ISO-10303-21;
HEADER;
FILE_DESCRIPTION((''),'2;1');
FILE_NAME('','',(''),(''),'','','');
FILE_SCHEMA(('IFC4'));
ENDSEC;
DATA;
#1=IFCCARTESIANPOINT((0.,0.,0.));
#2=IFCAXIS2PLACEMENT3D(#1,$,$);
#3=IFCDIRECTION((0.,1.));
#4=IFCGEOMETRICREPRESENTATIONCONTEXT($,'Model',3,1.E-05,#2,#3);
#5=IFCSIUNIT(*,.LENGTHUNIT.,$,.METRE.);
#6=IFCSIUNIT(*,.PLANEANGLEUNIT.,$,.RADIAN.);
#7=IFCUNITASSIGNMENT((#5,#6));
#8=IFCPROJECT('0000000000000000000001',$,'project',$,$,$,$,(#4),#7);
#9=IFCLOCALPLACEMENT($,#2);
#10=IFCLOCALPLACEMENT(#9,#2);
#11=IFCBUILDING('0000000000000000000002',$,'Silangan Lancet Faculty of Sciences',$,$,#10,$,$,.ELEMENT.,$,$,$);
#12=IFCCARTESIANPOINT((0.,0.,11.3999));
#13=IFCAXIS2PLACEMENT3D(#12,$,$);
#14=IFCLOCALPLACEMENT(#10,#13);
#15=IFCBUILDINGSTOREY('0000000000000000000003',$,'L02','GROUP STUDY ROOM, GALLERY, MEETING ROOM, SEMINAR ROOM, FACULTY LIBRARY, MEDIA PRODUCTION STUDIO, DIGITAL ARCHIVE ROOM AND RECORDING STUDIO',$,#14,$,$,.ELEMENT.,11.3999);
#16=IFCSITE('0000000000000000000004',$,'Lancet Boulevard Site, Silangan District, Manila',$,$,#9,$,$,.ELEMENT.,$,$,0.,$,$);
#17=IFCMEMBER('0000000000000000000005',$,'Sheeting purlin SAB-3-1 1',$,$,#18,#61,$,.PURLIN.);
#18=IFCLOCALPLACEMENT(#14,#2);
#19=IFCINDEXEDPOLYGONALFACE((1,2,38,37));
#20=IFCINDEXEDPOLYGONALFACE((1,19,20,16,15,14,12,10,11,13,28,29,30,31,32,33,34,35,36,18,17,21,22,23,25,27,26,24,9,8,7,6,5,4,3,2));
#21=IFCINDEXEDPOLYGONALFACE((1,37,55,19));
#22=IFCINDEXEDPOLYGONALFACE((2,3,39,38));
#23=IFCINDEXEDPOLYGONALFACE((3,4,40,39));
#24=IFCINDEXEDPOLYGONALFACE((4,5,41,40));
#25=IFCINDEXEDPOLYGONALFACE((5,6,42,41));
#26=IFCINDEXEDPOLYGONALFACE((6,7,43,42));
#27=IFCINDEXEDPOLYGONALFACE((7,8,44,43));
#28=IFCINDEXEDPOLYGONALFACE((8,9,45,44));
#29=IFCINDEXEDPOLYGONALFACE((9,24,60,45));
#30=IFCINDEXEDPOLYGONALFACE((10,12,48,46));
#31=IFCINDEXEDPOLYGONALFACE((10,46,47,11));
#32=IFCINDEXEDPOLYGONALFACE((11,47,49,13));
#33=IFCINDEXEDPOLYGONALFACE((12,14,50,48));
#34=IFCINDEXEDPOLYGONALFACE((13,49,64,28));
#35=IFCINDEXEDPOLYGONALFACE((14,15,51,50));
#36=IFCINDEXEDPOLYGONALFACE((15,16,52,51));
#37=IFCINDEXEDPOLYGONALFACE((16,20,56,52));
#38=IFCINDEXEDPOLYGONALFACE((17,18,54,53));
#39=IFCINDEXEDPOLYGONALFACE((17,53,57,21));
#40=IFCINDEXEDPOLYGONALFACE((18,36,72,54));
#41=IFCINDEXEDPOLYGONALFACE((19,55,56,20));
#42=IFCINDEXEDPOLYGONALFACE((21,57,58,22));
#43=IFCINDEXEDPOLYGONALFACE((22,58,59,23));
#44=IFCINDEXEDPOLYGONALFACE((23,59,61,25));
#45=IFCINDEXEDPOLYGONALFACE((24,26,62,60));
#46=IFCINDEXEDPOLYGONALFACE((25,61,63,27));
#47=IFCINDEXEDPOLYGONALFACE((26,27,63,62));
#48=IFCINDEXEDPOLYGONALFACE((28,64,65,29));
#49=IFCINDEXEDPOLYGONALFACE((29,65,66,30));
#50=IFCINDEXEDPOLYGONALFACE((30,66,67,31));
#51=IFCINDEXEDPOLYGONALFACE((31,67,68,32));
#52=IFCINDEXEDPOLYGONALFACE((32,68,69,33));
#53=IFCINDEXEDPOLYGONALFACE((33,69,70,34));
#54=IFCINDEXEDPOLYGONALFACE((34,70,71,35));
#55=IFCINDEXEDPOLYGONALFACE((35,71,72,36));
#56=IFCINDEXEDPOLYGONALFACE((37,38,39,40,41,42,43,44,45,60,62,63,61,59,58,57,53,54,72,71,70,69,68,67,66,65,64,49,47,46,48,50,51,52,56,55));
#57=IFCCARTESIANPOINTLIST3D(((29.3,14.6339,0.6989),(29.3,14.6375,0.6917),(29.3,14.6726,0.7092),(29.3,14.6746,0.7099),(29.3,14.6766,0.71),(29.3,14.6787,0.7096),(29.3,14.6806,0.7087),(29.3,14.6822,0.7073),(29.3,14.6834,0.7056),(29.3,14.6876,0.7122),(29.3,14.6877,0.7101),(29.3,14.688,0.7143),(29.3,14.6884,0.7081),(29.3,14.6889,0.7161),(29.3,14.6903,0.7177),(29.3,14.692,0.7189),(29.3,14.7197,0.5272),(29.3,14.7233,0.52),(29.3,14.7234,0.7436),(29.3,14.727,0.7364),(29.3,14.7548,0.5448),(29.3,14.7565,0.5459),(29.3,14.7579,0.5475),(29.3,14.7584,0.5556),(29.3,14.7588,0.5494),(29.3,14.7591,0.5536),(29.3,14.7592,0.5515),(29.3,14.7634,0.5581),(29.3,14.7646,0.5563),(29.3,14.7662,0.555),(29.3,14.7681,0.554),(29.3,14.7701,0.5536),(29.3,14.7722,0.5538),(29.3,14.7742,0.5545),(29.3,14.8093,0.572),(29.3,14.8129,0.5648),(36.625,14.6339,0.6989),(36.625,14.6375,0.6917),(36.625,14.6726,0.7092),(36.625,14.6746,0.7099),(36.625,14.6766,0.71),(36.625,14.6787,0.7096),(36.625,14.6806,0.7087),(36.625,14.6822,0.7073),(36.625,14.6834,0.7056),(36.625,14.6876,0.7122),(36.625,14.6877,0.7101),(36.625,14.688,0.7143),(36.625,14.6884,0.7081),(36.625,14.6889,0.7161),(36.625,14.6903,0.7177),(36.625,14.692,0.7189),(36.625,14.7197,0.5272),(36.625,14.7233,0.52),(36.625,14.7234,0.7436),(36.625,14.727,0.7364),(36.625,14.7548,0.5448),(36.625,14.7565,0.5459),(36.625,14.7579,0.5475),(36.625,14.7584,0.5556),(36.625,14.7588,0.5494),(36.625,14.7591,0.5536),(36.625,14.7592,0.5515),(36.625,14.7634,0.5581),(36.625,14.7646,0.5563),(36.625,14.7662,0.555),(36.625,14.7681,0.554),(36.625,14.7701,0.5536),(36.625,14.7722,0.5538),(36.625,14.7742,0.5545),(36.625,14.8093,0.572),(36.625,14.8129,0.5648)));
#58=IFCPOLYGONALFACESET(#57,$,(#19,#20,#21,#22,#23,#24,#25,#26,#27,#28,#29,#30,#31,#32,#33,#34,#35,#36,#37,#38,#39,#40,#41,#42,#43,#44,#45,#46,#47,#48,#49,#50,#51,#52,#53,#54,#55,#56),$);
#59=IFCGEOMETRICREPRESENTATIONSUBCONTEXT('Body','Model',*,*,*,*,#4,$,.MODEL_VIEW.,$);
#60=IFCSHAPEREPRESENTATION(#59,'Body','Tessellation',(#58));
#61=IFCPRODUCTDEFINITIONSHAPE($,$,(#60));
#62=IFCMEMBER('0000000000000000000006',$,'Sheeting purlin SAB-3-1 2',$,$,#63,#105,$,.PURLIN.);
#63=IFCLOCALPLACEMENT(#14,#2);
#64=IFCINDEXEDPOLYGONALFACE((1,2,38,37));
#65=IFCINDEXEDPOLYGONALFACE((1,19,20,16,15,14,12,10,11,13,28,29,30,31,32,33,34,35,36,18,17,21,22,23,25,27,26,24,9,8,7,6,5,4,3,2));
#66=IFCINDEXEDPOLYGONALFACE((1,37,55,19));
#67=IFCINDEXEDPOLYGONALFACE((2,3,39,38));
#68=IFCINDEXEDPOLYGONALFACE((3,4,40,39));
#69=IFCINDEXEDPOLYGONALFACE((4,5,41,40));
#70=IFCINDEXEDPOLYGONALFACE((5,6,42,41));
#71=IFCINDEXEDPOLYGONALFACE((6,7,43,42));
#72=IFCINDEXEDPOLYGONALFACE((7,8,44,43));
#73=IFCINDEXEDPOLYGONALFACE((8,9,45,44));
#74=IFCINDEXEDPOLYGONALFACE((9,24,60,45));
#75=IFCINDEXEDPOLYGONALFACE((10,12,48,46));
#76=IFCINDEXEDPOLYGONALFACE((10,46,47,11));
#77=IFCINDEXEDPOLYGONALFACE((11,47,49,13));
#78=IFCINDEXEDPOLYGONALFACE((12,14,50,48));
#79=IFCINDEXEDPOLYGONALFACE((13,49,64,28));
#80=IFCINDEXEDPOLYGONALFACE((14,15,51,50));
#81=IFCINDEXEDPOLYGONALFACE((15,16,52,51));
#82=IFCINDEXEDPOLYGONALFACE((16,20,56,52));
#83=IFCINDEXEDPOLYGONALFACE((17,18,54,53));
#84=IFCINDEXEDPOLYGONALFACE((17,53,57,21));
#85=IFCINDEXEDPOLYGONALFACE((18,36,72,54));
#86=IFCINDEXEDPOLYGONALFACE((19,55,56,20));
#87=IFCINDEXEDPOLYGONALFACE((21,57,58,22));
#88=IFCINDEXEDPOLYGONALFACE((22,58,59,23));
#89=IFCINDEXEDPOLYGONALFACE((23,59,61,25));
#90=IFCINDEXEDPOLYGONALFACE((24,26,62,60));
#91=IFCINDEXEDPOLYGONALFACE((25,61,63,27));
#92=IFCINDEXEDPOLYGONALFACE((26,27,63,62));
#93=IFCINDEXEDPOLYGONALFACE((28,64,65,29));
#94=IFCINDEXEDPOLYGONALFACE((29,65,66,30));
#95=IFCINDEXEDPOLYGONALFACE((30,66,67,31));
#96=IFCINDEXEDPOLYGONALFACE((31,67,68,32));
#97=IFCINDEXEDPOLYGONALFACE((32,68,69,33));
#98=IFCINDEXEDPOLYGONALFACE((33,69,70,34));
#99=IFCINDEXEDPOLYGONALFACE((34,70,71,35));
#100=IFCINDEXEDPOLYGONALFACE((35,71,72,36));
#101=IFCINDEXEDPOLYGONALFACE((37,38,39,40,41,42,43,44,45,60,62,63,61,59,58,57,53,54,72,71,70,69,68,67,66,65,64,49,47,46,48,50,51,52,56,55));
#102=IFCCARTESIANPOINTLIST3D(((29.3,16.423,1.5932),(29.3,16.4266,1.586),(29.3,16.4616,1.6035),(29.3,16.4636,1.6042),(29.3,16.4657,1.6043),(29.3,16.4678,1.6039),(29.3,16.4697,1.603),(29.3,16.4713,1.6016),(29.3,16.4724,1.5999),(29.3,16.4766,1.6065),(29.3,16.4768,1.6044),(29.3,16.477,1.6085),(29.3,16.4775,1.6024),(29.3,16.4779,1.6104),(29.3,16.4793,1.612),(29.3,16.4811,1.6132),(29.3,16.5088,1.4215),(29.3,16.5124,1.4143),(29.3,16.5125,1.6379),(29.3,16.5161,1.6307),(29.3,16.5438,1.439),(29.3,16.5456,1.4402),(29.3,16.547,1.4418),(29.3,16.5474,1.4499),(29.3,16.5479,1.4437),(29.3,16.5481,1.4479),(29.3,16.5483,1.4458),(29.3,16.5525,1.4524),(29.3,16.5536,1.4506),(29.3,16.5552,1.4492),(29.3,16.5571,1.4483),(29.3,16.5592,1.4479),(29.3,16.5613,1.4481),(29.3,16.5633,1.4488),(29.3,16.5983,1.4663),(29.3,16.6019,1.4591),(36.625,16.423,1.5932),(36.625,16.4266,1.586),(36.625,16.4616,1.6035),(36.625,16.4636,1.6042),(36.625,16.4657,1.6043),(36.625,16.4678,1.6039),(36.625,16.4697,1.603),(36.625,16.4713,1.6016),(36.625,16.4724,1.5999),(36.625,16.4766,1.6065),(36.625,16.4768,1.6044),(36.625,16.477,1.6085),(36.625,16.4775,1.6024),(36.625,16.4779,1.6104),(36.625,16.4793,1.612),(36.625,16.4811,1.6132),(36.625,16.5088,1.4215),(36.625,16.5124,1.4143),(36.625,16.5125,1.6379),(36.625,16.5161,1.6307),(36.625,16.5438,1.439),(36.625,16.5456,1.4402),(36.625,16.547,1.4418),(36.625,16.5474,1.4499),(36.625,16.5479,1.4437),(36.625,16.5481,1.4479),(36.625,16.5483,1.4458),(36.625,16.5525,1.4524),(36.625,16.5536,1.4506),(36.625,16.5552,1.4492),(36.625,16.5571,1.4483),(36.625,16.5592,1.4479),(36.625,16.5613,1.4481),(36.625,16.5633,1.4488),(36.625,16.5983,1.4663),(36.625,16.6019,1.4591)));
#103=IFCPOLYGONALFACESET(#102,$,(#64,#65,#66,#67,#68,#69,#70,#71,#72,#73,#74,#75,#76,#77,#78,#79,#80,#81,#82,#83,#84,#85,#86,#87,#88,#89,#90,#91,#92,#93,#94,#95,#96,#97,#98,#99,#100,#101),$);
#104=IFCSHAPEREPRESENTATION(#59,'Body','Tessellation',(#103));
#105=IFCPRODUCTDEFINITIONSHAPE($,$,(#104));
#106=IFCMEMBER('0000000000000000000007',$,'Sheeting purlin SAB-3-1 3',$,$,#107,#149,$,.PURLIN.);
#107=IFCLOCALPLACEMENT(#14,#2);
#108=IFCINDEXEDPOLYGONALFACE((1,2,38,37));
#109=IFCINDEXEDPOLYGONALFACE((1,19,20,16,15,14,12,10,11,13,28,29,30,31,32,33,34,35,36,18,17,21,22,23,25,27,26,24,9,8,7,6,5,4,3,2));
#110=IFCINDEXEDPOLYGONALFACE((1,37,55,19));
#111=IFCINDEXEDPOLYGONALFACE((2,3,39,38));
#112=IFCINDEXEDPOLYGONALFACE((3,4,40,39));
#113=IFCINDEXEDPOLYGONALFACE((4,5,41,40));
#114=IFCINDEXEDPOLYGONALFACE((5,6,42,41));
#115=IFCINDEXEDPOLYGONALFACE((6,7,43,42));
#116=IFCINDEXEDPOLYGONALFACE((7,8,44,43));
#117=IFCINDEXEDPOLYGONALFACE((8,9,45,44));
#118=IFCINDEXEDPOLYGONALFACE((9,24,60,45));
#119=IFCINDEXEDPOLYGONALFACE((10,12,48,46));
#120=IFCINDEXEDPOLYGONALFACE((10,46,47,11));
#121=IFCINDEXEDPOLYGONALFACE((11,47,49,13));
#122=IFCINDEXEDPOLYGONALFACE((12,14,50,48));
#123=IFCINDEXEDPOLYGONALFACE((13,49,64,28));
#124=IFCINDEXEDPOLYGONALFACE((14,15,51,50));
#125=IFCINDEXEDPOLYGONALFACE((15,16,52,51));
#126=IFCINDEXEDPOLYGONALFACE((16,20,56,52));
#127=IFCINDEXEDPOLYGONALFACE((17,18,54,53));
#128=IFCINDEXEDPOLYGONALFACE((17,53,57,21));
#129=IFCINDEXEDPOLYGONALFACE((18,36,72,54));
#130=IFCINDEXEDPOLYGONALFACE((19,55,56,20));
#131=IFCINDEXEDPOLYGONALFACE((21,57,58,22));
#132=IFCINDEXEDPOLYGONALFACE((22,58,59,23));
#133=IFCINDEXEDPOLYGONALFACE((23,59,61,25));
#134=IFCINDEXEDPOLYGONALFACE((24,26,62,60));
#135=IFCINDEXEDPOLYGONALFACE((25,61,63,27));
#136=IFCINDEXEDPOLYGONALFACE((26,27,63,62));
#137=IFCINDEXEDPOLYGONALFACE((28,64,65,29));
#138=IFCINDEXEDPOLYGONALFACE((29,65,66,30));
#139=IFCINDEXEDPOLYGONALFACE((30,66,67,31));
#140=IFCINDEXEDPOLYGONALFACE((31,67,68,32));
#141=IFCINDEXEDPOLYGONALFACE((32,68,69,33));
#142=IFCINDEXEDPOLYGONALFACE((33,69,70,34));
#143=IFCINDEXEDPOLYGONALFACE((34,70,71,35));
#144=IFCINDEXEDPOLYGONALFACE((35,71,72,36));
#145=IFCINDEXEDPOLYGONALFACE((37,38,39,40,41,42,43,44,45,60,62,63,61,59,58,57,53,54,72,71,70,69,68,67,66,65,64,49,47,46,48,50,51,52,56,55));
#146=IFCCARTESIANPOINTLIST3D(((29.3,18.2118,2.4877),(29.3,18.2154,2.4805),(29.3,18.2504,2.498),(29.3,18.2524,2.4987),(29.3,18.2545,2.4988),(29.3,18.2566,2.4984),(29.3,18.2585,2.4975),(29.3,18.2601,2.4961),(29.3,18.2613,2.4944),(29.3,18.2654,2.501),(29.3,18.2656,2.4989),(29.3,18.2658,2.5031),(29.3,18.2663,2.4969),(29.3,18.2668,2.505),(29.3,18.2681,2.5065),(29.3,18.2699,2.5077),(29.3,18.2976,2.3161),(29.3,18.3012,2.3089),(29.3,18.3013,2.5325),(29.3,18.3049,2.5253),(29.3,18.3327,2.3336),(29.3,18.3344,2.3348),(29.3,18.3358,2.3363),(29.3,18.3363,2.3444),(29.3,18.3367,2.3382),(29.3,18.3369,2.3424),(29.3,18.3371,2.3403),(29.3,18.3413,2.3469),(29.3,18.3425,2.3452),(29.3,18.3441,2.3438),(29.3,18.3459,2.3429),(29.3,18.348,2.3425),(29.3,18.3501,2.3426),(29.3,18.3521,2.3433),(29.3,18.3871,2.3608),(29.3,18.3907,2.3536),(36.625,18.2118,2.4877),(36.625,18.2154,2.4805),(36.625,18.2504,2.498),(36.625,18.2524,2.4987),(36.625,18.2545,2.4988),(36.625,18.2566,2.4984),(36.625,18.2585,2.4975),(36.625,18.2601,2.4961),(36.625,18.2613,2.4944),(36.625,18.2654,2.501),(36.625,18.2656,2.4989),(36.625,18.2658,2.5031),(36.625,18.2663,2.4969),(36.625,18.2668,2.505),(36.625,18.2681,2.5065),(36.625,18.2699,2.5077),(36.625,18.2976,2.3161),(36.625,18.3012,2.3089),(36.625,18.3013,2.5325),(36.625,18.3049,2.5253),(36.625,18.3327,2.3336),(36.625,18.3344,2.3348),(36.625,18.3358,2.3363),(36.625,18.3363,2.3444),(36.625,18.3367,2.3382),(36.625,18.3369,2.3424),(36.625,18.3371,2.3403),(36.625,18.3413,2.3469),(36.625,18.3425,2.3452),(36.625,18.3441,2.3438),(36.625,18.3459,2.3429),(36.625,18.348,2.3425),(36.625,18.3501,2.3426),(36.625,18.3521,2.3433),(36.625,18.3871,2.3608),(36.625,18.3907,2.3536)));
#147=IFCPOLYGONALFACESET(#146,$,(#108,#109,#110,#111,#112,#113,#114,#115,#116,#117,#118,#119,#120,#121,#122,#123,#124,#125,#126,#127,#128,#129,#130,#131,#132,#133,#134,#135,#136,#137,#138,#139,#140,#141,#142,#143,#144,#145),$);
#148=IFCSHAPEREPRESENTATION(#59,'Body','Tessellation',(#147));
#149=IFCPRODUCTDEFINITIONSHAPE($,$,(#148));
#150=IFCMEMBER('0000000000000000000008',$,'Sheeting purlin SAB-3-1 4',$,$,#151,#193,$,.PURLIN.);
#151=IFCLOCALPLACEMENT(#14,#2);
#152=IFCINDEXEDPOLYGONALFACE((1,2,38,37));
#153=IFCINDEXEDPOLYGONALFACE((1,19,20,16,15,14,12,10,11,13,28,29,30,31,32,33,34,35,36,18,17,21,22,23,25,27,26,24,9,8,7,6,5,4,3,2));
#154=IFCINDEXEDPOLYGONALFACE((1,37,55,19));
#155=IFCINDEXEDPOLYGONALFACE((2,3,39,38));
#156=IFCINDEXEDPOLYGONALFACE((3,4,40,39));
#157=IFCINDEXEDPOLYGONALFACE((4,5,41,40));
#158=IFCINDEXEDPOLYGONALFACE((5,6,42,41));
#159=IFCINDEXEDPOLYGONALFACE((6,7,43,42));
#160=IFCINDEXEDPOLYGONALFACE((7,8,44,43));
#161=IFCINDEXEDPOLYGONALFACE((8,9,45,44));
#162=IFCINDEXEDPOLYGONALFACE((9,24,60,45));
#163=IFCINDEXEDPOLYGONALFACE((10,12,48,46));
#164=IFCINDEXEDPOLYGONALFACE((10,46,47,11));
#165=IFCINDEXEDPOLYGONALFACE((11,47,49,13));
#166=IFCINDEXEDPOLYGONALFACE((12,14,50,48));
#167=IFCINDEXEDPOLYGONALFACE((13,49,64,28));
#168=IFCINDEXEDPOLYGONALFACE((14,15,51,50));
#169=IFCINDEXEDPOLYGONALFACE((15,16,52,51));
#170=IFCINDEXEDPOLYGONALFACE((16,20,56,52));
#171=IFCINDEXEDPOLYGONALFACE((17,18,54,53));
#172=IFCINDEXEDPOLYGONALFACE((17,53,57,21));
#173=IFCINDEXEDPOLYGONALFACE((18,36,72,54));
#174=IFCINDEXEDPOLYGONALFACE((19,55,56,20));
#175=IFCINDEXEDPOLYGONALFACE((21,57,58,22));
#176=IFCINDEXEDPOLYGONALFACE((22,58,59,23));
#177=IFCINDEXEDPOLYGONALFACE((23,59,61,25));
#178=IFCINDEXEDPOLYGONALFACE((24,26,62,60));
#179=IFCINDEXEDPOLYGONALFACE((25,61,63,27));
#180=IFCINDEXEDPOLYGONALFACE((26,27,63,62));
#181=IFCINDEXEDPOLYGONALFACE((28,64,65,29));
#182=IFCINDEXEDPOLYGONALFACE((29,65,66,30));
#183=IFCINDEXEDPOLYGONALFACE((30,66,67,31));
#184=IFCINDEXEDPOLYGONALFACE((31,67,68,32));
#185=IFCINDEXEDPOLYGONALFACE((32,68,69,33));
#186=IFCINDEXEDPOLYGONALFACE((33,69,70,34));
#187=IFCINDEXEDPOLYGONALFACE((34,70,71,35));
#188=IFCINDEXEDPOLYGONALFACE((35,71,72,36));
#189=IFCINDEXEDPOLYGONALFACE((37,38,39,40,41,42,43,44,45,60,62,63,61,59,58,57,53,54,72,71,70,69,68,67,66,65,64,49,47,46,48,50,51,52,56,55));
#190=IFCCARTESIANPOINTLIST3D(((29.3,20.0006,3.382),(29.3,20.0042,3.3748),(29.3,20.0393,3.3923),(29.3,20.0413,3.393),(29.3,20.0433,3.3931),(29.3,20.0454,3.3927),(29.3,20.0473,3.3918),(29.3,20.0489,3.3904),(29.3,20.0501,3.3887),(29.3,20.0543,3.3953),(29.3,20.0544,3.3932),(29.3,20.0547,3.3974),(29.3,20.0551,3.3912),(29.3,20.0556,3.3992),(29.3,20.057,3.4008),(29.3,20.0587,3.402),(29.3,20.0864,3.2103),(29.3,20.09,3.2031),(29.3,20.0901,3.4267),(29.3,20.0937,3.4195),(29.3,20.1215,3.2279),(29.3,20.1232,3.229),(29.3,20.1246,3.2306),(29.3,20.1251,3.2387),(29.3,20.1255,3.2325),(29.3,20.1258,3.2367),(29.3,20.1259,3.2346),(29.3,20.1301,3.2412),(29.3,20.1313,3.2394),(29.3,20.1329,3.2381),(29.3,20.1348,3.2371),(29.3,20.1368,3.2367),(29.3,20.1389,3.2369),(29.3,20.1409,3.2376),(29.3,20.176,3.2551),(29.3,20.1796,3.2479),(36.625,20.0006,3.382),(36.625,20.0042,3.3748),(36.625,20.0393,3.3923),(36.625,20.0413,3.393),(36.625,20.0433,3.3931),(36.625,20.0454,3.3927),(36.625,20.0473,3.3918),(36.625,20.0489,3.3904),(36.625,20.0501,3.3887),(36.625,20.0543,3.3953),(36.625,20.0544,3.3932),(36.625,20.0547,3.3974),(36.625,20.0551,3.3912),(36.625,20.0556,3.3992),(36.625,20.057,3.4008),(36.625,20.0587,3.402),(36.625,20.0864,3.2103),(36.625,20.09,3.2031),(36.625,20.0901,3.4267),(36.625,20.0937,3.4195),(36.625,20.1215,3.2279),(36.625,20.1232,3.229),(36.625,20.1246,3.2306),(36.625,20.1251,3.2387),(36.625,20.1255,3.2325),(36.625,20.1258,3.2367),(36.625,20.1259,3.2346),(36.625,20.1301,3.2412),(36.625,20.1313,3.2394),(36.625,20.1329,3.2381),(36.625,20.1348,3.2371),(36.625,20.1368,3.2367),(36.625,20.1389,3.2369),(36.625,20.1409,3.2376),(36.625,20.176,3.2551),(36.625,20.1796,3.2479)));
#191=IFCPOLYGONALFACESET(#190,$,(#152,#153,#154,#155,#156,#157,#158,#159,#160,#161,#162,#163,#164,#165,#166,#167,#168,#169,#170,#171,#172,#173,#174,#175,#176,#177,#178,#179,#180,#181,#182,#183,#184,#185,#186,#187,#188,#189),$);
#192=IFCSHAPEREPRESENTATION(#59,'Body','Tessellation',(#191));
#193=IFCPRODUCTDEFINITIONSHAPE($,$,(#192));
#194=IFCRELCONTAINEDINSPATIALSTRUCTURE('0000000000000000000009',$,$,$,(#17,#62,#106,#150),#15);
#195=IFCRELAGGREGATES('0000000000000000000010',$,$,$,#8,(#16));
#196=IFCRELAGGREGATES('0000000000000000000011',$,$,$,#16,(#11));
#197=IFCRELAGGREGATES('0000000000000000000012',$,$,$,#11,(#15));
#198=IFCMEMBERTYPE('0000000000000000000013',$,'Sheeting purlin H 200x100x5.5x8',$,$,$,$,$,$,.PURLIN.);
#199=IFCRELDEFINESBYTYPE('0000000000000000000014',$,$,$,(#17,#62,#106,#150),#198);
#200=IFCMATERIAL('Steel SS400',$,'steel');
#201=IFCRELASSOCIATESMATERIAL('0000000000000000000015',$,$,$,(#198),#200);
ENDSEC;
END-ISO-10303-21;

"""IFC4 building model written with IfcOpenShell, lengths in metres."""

from ifc_helpers import new_model, si_unit, direction, frame, origin, origin_2d, place, context, subcontext, project, spatial, i_section, extrude, material, material_profile, profile_set, type_object, element, save


model = new_model("IFC4")

# Units and contexts
model_context = context("Model", 3, precision=1e-05, world=origin(), true_north=direction((0.0, 1.0)))
body_context = subcontext(model_context, "Body", "Model", "MODEL_VIEW")
ifc_project = project(units=[si_unit("LENGTHUNIT", "METRE"), si_unit("PLANEANGLEUNIT", "RADIAN")], contexts=[model_context])

# Site, building, storey
site_placement = place(None, origin())
site = spatial("IfcSite", under=ifc_project, at=site_placement, Name="Lancet Boulevard Site, Silangan District, Manila", CompositionType="ELEMENT", RefElevation=0.0)
building_placement = place(site_placement, origin())
building = spatial("IfcBuilding", under=site, at=building_placement, Name="Silangan Lancet Faculty of Sciences", CompositionType="ELEMENT")
storey_placement = place(building_placement, frame((0.0, 0.0, 11.3999)))
storey = spatial("IfcBuildingStorey", under=building, at=storey_placement, Name="L02", Description="GROUP STUDY ROOM, GALLERY, MEETING ROOM, SEMINAR ROOM, FACULTY LIBRARY, MEDIA PRODUCTION STUDIO, DIGITAL ARCHIVE ROOM AND RECORDING STUDIO", CompositionType="ELEMENT", Elevation=11.3999)

# Members
ifc_material_1 = material(Name="Steel SS400", Category="steel")
ifc_material_profile_1 = material_profile(ifc_material_1, i_section(OverallWidth=0.1001, OverallDepth=0.2, WebThickness=0.0056, FlangeThickness=0.0081, FilletRadius=0.0081, at=origin_2d()), Name="H 200x100x5.5x8")
ifc_profile_set_1 = profile_set([ifc_material_profile_1], Name="Steel SS400")
member_type_1 = type_object("IfcMemberType", Name="Sheeting purlin H 200x100x5.5x8", PredefinedType="PURLIN", material=ifc_profile_set_1)
for number, where, z_axis, x_axis, name in (
    (1, (29.3, 14.7234, 0.6318), (1.0, 0.0, 0.0), (0.0, 0.894427, 0.447214), "Sheeting purlin SAB-3-1 1"),
    (2, (29.3, 16.5125, 1.5261), (1.0, 0.0, 0.0), (0.0, 0.894427, 0.447214), "Sheeting purlin SAB-3-1 2"),
    (3, (29.3, 18.3013, 2.4207), (1.0, 0.0, 0.0), (0.0, 0.894427, 0.447214), "Sheeting purlin SAB-3-1 3"),
    (4, (29.3, 20.0901, 3.3149), (1.0, 0.0, 0.0), (0.0, 0.894427, 0.447214), "Sheeting purlin SAB-3-1 4"),
):
    element("IfcMember", number, at=place(storey_placement, frame(where, z_axis=z_axis, x_axis=x_axis)), inside=storey, type_object=member_type_1, Name=name, PredefinedType="PURLIN", context=body_context, shape_type="SweptSolid", body=[
        extrude(i_section(OverallWidth=0.1001, OverallDepth=0.2, WebThickness=0.0056, FlangeThickness=0.0081, FilletRadius=0.0081, at=origin_2d()), origin(), (0.0, 0.0, 1.0), 7.325),
    ])

save(model, "model.ifc")
